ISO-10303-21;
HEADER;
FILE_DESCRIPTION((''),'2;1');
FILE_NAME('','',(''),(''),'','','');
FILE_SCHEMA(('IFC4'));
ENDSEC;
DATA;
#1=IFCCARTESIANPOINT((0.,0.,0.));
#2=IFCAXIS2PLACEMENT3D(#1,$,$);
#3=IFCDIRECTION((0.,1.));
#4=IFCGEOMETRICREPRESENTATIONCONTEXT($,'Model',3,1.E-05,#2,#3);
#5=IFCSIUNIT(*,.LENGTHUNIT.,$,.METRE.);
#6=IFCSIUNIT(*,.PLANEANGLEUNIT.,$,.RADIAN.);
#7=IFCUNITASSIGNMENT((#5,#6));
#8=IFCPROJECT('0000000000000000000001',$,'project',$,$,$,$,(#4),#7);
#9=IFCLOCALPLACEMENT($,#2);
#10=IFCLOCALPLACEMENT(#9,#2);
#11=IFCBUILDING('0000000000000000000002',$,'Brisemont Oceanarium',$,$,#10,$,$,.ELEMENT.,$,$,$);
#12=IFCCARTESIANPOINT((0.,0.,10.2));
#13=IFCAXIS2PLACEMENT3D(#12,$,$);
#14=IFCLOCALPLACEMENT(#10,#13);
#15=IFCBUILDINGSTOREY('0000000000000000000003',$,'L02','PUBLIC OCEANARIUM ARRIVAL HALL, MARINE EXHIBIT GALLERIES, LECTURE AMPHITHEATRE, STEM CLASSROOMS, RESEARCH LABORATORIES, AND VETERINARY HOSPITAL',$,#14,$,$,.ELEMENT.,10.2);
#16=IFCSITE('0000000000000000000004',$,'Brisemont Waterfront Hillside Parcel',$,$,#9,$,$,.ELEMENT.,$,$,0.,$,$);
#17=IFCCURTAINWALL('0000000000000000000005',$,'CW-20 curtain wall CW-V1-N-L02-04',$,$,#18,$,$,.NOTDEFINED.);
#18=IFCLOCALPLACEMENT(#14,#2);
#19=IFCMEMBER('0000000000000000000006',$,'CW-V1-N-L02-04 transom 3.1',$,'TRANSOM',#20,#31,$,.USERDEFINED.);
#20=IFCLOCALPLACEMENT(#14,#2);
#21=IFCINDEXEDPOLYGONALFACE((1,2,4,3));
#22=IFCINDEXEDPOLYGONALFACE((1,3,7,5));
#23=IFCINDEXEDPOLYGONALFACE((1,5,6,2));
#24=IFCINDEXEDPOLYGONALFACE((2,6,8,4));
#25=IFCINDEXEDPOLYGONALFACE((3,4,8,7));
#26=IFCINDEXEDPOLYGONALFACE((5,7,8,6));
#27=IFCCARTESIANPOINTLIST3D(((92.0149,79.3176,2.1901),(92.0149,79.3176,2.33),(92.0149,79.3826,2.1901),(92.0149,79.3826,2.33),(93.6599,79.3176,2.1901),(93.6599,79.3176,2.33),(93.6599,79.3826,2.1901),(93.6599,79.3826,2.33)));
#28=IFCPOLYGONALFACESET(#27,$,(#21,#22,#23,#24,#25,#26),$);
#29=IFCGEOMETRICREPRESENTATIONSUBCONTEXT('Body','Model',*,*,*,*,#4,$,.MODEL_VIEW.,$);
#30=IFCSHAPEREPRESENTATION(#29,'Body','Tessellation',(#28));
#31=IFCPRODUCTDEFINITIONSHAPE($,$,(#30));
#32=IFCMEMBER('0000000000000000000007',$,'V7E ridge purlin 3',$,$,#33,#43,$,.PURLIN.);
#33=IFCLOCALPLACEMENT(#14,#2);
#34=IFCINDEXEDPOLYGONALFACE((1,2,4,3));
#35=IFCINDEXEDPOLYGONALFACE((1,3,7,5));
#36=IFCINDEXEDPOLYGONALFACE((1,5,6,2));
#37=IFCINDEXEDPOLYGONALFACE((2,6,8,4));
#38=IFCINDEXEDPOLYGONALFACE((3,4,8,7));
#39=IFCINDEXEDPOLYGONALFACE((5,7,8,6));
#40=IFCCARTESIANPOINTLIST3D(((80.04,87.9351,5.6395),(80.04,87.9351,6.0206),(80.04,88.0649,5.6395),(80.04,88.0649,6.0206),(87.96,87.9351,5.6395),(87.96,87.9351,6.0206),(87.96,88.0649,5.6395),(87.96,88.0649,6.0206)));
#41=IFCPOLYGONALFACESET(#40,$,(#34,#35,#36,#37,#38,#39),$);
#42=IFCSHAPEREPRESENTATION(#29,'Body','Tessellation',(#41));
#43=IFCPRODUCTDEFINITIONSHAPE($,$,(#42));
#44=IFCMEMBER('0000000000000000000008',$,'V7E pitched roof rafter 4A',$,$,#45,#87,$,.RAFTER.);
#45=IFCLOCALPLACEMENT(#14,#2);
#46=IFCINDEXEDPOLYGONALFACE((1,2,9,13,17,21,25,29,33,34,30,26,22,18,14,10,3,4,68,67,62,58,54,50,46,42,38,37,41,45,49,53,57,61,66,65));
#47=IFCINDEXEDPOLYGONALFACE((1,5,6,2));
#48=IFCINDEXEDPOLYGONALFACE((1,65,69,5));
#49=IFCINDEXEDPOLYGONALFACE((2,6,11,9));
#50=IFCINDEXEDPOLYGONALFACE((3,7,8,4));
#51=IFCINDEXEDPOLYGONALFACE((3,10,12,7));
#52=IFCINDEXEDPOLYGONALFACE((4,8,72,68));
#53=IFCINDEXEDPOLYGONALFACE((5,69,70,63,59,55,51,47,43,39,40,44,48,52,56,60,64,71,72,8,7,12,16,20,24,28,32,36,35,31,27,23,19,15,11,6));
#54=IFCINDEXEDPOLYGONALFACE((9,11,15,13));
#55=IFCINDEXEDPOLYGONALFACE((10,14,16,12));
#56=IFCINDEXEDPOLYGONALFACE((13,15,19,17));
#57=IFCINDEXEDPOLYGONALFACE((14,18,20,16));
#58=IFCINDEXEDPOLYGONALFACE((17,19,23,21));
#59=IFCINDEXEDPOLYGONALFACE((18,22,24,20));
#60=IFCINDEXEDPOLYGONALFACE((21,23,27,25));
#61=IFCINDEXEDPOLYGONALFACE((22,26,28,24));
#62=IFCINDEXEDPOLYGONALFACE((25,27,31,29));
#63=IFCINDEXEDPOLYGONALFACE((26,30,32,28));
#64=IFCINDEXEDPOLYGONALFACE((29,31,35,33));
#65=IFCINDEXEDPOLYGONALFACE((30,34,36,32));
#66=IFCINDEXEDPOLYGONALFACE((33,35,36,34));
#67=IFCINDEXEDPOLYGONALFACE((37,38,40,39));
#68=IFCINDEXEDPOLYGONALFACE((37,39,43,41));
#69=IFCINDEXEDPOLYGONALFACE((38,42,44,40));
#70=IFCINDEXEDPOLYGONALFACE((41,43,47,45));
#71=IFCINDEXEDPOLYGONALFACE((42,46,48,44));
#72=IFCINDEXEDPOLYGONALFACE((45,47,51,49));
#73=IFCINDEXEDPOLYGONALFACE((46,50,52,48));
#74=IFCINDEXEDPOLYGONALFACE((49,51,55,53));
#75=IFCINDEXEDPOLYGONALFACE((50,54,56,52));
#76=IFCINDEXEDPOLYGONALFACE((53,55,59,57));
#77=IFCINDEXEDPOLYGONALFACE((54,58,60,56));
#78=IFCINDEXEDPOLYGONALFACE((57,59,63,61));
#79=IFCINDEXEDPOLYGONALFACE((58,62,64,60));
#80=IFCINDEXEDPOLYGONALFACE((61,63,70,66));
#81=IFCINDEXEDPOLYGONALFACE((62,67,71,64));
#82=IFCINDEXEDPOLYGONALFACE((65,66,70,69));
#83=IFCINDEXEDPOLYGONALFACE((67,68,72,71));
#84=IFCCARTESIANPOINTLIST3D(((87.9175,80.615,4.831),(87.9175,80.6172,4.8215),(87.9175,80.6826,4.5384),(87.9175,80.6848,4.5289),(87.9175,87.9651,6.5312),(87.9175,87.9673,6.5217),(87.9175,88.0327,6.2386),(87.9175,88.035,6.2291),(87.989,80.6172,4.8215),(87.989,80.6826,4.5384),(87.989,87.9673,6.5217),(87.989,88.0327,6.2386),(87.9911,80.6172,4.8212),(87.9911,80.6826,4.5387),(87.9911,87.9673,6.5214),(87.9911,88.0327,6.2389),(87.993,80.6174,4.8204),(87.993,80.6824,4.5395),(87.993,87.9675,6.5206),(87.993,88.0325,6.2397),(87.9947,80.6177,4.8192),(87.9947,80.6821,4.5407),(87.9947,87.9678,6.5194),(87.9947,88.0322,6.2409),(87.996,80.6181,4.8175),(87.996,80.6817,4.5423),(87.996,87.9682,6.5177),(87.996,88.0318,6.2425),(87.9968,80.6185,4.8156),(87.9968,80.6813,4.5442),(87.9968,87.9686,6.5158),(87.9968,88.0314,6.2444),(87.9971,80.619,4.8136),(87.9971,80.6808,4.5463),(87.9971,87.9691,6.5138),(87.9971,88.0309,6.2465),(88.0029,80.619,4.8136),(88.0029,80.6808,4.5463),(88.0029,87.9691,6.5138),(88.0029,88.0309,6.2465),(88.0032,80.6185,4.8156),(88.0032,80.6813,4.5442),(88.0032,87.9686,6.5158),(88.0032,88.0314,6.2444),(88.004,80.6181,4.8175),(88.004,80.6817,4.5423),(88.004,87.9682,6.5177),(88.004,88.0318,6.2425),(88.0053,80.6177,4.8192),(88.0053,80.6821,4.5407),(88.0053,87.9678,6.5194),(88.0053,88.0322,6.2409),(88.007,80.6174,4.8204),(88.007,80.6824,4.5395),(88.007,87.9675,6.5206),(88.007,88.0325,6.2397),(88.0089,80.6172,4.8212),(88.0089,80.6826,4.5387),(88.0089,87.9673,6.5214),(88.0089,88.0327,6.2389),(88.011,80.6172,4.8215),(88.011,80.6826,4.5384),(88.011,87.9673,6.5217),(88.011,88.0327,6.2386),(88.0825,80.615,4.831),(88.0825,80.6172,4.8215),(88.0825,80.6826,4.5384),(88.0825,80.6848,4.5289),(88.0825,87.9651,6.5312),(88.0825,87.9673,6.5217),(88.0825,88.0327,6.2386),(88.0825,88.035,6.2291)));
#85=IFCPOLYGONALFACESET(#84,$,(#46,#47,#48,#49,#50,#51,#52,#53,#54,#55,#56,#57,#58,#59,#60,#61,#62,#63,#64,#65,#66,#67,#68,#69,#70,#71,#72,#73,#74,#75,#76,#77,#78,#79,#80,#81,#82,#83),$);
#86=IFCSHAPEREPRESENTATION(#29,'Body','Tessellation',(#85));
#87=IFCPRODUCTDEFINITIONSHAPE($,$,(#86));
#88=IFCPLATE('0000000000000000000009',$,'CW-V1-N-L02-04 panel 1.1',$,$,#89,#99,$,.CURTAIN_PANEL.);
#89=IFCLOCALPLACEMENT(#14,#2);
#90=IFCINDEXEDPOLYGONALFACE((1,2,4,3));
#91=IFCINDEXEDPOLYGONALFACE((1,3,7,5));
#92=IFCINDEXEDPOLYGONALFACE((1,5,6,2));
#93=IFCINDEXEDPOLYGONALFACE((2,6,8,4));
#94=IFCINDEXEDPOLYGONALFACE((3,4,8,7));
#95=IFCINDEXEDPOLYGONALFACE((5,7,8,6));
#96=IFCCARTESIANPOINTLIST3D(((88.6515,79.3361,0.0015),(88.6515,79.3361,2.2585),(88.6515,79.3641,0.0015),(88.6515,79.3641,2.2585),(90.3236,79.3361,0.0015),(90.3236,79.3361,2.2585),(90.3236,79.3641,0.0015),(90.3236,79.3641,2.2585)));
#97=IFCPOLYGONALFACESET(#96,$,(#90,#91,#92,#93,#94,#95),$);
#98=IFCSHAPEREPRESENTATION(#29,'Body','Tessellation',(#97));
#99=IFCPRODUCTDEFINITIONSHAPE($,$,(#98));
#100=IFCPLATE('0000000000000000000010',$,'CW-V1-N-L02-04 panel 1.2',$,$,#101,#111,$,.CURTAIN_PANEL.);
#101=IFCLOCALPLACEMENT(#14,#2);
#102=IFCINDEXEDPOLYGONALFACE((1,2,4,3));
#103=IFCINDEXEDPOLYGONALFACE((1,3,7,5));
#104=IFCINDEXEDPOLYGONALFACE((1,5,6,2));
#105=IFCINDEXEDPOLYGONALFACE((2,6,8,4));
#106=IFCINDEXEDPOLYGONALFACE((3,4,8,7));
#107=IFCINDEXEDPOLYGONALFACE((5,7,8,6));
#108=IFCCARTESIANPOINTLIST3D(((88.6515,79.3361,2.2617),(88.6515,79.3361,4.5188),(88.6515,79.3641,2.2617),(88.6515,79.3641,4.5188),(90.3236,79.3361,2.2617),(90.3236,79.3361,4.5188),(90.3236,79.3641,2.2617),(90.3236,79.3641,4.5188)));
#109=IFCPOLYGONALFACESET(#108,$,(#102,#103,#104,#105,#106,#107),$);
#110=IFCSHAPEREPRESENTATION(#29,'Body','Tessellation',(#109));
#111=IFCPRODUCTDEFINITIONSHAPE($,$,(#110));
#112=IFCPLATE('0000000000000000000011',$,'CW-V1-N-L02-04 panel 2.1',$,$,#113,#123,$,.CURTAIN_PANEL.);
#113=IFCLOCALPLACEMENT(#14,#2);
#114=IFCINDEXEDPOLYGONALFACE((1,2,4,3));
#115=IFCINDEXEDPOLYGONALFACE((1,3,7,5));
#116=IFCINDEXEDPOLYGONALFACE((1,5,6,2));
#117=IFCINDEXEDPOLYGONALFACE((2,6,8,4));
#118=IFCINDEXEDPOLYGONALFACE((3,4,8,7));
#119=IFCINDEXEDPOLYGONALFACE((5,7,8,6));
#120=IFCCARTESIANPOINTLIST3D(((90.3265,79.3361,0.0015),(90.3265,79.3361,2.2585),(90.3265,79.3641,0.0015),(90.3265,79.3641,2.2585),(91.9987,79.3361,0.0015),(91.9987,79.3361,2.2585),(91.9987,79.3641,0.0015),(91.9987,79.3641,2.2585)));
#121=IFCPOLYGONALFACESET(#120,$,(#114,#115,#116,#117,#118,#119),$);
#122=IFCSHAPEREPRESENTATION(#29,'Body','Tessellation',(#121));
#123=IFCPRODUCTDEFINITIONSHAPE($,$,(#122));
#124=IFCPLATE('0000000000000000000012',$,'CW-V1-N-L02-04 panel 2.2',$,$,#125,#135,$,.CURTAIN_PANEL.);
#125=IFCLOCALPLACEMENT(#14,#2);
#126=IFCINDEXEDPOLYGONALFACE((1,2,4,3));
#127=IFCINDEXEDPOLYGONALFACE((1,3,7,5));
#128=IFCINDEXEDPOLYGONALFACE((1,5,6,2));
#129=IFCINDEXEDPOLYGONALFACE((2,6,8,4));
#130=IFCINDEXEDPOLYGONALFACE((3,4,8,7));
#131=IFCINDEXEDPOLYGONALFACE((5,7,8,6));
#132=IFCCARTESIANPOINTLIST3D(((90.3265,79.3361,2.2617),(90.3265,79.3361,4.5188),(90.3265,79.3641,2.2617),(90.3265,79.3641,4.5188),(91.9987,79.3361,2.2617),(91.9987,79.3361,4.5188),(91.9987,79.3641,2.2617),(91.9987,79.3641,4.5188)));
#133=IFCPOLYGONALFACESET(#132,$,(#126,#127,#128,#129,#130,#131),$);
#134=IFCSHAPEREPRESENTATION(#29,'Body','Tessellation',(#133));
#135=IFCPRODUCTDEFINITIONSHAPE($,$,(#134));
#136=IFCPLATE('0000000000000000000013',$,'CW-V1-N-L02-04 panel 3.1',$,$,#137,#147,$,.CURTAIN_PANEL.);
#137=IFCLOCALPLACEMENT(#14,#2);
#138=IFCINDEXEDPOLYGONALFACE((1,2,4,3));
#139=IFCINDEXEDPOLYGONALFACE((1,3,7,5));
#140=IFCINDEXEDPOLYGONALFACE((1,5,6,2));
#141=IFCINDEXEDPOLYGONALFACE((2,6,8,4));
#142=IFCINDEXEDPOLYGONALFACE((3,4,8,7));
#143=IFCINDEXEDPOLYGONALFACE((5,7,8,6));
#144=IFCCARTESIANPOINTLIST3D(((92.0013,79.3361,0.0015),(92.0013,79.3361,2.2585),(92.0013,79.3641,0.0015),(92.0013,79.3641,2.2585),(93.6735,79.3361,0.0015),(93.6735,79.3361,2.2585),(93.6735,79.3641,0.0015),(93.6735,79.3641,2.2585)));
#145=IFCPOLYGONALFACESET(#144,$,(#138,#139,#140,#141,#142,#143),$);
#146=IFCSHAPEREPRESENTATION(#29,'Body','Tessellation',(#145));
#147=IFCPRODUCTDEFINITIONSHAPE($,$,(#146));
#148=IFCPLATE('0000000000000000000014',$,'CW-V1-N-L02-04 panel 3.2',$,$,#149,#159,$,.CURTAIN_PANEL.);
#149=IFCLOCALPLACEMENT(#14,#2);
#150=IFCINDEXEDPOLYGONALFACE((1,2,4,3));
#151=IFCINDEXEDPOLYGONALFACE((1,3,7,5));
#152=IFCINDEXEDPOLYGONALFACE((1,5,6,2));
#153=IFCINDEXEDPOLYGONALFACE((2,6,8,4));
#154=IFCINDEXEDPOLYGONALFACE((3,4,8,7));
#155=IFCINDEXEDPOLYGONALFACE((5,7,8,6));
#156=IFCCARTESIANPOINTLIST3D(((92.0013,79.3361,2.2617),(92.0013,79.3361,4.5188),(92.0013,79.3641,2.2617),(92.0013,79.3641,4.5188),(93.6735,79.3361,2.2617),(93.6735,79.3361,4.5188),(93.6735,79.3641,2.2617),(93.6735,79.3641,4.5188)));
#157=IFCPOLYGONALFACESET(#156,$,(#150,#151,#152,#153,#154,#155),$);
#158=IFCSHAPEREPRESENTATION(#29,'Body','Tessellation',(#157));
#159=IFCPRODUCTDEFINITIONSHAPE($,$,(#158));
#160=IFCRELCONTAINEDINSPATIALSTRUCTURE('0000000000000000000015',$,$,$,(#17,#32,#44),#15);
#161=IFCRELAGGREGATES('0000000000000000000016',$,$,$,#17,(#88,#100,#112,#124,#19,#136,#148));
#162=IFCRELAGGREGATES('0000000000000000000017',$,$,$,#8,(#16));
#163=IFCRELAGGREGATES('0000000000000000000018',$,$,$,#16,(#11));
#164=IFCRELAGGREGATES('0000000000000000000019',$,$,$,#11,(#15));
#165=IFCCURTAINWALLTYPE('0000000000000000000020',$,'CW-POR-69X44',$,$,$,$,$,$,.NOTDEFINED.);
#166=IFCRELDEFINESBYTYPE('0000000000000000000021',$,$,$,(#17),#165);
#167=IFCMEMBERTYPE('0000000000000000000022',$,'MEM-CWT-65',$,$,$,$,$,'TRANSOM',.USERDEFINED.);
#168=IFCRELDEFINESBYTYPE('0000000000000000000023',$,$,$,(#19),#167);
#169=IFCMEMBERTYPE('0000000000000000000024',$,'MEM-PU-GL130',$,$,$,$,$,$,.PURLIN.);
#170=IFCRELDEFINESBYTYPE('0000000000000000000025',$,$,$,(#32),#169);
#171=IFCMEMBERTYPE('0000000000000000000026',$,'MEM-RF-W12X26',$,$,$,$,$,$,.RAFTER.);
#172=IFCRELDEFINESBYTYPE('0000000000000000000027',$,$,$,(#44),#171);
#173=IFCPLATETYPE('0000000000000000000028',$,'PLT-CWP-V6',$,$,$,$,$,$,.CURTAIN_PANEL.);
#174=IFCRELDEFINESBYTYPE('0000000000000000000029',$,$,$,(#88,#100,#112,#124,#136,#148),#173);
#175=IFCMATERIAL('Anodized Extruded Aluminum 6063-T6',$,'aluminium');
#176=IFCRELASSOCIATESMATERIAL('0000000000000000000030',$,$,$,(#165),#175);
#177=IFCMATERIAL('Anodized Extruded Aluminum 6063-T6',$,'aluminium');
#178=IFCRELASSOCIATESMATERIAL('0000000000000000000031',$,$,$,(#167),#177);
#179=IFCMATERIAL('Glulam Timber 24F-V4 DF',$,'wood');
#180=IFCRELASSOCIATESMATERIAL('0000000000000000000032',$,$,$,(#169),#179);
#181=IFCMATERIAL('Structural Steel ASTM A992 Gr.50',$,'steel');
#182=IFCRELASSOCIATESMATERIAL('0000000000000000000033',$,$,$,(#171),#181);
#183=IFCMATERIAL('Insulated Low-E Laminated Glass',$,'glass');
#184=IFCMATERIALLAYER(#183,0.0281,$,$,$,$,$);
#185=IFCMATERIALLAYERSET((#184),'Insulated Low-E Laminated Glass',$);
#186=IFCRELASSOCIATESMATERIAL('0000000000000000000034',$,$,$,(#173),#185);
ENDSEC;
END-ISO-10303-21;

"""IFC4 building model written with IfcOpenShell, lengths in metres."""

from ifc_helpers import new_model, si_unit, direction, frame, origin, origin_2d, place, context, subcontext, project, spatial, rectangle, i_section, extrude, material, layer, layer_set, material_profile, profile_set, type_object, element, aggregate, save


model = new_model("IFC4")

# Units and contexts
model_context = context("Model", 3, precision=1e-05, world=origin(), true_north=direction((0.0, 1.0)))
body_context = subcontext(model_context, "Body", "Model", "MODEL_VIEW")
ifc_project = project(units=[si_unit("LENGTHUNIT", "METRE"), si_unit("PLANEANGLEUNIT", "RADIAN")], contexts=[model_context])

# Site, building, storey
site_placement = place(None, origin())
site = spatial("IfcSite", under=ifc_project, at=site_placement, Name="Brisemont Waterfront Hillside Parcel", CompositionType="ELEMENT", RefElevation=0.0)
building_placement = place(site_placement, origin())
building = spatial("IfcBuilding", under=site, at=building_placement, Name="Brisemont Oceanarium", CompositionType="ELEMENT")
storey_placement = place(building_placement, frame((0.0, 0.0, 10.2)))
storey = spatial("IfcBuildingStorey", under=building, at=storey_placement, Name="L02", Description="PUBLIC OCEANARIUM ARRIVAL HALL, MARINE EXHIBIT GALLERIES, LECTURE AMPHITHEATRE, STEM CLASSROOMS, RESEARCH LABORATORIES, AND VETERINARY HOSPITAL", CompositionType="ELEMENT", Elevation=10.2)

# Curtain wall, member
ifc_material_1 = material(Name="Anodized Extruded Aluminum 6063-T6", Category="aluminium")
curtain_wall_type = type_object("IfcCurtainWallType", Name="CW-POR-69X44", PredefinedType="NOTDEFINED", material=ifc_material_1)
curtain_wall_placement = place(storey_placement, origin())
curtain_wall = element("IfcCurtainWall", 1, at=curtain_wall_placement, inside=storey, type_object=curtain_wall_type, Name="CW-20 curtain wall CW-V1-N-L02-04", PredefinedType="NOTDEFINED")
ifc_material_2 = material(Name="Anodized Extruded Aluminum 6063-T6", Category="aluminium")
ifc_material_profile_1 = material_profile(ifc_material_2, rectangle(XDim=0.0649, YDim=0.1399, at=origin_2d()), Name="CWT-65X140")
ifc_profile_set_1 = profile_set([ifc_material_profile_1], Name="Anodized Extruded Aluminum 6063-T6")
member_type_1 = type_object("IfcMemberType", Name="MEM-CWT-65", ElementType="TRANSOM", PredefinedType="USERDEFINED", material=ifc_profile_set_1)
member_1_placement = place(storey_placement, frame((92.0149, 79.3501, 2.26), z_axis=(1.0, 0.0, 0.0), x_axis=(0.0, 1.0, 0.0)))
member_1 = element("IfcMember", 2, at=member_1_placement, type_object=member_type_1, Name="CW-V1-N-L02-04 transom 3.1", ObjectType="TRANSOM", PredefinedType="USERDEFINED", context=body_context, shape_type="SweptSolid", body=[
    extrude(rectangle(XDim=0.0649, YDim=0.1399, at=origin_2d()), origin(), (0.0, 0.0, 1.0), 1.645),
])

# Members
ifc_material_3 = material(Name="Glulam Timber 24F-V4 DF", Category="wood")
ifc_material_profile_2 = material_profile(ifc_material_3, rectangle(XDim=0.1299, YDim=0.3811, at=origin_2d()), Name="GL-130X381")
ifc_profile_set_2 = profile_set([ifc_material_profile_2], Name="Glulam Timber 24F-V4 DF")
member_type_2 = type_object("IfcMemberType", Name="MEM-PU-GL130", PredefinedType="PURLIN", material=ifc_profile_set_2)
member_2_placement = place(storey_placement, frame((80.04, 88.0, 5.8301), z_axis=(1.0, 0.0, 0.0), x_axis=(0.0, 1.0, 0.0)))
element("IfcMember", 3, at=member_2_placement, inside=storey, type_object=member_type_2, Name="V7E ridge purlin 3", PredefinedType="PURLIN", context=body_context, shape_type="SweptSolid", body=[
    extrude(rectangle(XDim=0.1299, YDim=0.3811, at=origin_2d()), origin(), (0.0, 0.0, 1.0), 7.9199),
])
ifc_material_4 = material(Name="Structural Steel ASTM A992 Gr.50", Category="steel")
ifc_material_profile_3 = material_profile(ifc_material_4, i_section(OverallWidth=0.165, OverallDepth=0.3101, WebThickness=0.0059, FlangeThickness=0.0098, FilletRadius=0.0081, at=origin_2d()), Name="W12X26")
ifc_profile_set_3 = profile_set([ifc_material_profile_3], Name="Structural Steel ASTM A992 Gr.50")
member_type_3 = type_object("IfcMemberType", Name="MEM-RF-W12X26", PredefinedType="RAFTER", material=ifc_profile_set_3)
member_3_placement = place(storey_placement, frame((88.0, 80.6499, 4.6799), z_axis=(0.0, 0.974274, 0.225365), x_axis=(-1.0, 0.0, 0.0)))
element("IfcMember", 4, at=member_3_placement, inside=storey, type_object=member_type_3, Name="V7E pitched roof rafter 4A", PredefinedType="RAFTER", context=body_context, shape_type="SweptSolid", body=[
    extrude(i_section(OverallWidth=0.165, OverallDepth=0.3101, WebThickness=0.0059, FlangeThickness=0.0098, FilletRadius=0.0081, at=origin_2d()), origin(), (0.0, 0.0, 1.0), 7.5442),
])

# Plates
ifc_material_5 = material(Name="Insulated Low-E Laminated Glass", Category="glass")
ifc_layer = layer(ifc_material_5, 0.0281)
ifc_layer_set = layer_set([ifc_layer], Name="Insulated Low-E Laminated Glass")
plate_type = type_object("IfcPlateType", Name="PLT-CWP-V6", PredefinedType="CURTAIN_PANEL", material=ifc_layer_set)
plate_1_placement = place(storey_placement, frame((89.4875, 79.3501, 0.0015), z_axis=(0.0, 0.0, 1.0), x_axis=(1.0, 0.0, 0.0)))
plate_1 = element("IfcPlate", 5, at=plate_1_placement, type_object=plate_type, Name="CW-V1-N-L02-04 panel 1.1", PredefinedType="CURTAIN_PANEL", context=body_context, shape_type="SweptSolid", body=[
    extrude(rectangle(XDim=1.6721, YDim=0.0281, at=origin_2d()), origin(), (0.0, 0.0, 1.0), 2.2571),
])
plate_2_placement = place(storey_placement, frame((89.4875, 79.3501, 2.2617), z_axis=(0.0, 0.0, 1.0), x_axis=(1.0, 0.0, 0.0)))
plate_2 = element("IfcPlate", 6, at=plate_2_placement, type_object=plate_type, Name="CW-V1-N-L02-04 panel 1.2", PredefinedType="CURTAIN_PANEL", context=body_context, shape_type="SweptSolid", body=[
    extrude(rectangle(XDim=1.6721, YDim=0.0281, at=origin_2d()), origin(), (0.0, 0.0, 1.0), 2.2571),
])
plate_3_placement = place(storey_placement, frame((91.1626, 79.3501, 0.0015), z_axis=(0.0, 0.0, 1.0), x_axis=(1.0, 0.0, 0.0)))
plate_3 = element("IfcPlate", 7, at=plate_3_placement, type_object=plate_type, Name="CW-V1-N-L02-04 panel 2.1", PredefinedType="CURTAIN_PANEL", context=body_context, shape_type="SweptSolid", body=[
    extrude(rectangle(XDim=1.6721, YDim=0.0281, at=origin_2d()), origin(), (0.0, 0.0, 1.0), 2.2571),
])
plate_4_placement = place(storey_placement, frame((91.1626, 79.3501, 2.2617), z_axis=(0.0, 0.0, 1.0), x_axis=(1.0, 0.0, 0.0)))
plate_4 = element("IfcPlate", 8, at=plate_4_placement, type_object=plate_type, Name="CW-V1-N-L02-04 panel 2.2", PredefinedType="CURTAIN_PANEL", context=body_context, shape_type="SweptSolid", body=[
    extrude(rectangle(XDim=1.6721, YDim=0.0281, at=origin_2d()), origin(), (0.0, 0.0, 1.0), 2.2571),
])
plate_5_placement = place(storey_placement, frame((92.8374, 79.3501, 0.0015), z_axis=(0.0, 0.0, 1.0), x_axis=(1.0, 0.0, 0.0)))
plate_5 = element("IfcPlate", 9, at=plate_5_placement, type_object=plate_type, Name="CW-V1-N-L02-04 panel 3.1", PredefinedType="CURTAIN_PANEL", context=body_context, shape_type="SweptSolid", body=[
    extrude(rectangle(XDim=1.6721, YDim=0.0281, at=origin_2d()), origin(), (0.0, 0.0, 1.0), 2.2571),
])
plate_6_placement = place(storey_placement, frame((92.8374, 79.3501, 2.2617), z_axis=(0.0, 0.0, 1.0), x_axis=(1.0, 0.0, 0.0)))
plate_6 = element("IfcPlate", 10, at=plate_6_placement, type_object=plate_type, Name="CW-V1-N-L02-04 panel 3.2", PredefinedType="CURTAIN_PANEL", context=body_context, shape_type="SweptSolid", body=[
    extrude(rectangle(XDim=1.6721, YDim=0.0281, at=origin_2d()), origin(), (0.0, 0.0, 1.0), 2.2571),
])
aggregate(curtain_wall, [plate_1, plate_2, plate_3, plate_4, member_1, plate_5, plate_6])

save(model, "model.ifc")
